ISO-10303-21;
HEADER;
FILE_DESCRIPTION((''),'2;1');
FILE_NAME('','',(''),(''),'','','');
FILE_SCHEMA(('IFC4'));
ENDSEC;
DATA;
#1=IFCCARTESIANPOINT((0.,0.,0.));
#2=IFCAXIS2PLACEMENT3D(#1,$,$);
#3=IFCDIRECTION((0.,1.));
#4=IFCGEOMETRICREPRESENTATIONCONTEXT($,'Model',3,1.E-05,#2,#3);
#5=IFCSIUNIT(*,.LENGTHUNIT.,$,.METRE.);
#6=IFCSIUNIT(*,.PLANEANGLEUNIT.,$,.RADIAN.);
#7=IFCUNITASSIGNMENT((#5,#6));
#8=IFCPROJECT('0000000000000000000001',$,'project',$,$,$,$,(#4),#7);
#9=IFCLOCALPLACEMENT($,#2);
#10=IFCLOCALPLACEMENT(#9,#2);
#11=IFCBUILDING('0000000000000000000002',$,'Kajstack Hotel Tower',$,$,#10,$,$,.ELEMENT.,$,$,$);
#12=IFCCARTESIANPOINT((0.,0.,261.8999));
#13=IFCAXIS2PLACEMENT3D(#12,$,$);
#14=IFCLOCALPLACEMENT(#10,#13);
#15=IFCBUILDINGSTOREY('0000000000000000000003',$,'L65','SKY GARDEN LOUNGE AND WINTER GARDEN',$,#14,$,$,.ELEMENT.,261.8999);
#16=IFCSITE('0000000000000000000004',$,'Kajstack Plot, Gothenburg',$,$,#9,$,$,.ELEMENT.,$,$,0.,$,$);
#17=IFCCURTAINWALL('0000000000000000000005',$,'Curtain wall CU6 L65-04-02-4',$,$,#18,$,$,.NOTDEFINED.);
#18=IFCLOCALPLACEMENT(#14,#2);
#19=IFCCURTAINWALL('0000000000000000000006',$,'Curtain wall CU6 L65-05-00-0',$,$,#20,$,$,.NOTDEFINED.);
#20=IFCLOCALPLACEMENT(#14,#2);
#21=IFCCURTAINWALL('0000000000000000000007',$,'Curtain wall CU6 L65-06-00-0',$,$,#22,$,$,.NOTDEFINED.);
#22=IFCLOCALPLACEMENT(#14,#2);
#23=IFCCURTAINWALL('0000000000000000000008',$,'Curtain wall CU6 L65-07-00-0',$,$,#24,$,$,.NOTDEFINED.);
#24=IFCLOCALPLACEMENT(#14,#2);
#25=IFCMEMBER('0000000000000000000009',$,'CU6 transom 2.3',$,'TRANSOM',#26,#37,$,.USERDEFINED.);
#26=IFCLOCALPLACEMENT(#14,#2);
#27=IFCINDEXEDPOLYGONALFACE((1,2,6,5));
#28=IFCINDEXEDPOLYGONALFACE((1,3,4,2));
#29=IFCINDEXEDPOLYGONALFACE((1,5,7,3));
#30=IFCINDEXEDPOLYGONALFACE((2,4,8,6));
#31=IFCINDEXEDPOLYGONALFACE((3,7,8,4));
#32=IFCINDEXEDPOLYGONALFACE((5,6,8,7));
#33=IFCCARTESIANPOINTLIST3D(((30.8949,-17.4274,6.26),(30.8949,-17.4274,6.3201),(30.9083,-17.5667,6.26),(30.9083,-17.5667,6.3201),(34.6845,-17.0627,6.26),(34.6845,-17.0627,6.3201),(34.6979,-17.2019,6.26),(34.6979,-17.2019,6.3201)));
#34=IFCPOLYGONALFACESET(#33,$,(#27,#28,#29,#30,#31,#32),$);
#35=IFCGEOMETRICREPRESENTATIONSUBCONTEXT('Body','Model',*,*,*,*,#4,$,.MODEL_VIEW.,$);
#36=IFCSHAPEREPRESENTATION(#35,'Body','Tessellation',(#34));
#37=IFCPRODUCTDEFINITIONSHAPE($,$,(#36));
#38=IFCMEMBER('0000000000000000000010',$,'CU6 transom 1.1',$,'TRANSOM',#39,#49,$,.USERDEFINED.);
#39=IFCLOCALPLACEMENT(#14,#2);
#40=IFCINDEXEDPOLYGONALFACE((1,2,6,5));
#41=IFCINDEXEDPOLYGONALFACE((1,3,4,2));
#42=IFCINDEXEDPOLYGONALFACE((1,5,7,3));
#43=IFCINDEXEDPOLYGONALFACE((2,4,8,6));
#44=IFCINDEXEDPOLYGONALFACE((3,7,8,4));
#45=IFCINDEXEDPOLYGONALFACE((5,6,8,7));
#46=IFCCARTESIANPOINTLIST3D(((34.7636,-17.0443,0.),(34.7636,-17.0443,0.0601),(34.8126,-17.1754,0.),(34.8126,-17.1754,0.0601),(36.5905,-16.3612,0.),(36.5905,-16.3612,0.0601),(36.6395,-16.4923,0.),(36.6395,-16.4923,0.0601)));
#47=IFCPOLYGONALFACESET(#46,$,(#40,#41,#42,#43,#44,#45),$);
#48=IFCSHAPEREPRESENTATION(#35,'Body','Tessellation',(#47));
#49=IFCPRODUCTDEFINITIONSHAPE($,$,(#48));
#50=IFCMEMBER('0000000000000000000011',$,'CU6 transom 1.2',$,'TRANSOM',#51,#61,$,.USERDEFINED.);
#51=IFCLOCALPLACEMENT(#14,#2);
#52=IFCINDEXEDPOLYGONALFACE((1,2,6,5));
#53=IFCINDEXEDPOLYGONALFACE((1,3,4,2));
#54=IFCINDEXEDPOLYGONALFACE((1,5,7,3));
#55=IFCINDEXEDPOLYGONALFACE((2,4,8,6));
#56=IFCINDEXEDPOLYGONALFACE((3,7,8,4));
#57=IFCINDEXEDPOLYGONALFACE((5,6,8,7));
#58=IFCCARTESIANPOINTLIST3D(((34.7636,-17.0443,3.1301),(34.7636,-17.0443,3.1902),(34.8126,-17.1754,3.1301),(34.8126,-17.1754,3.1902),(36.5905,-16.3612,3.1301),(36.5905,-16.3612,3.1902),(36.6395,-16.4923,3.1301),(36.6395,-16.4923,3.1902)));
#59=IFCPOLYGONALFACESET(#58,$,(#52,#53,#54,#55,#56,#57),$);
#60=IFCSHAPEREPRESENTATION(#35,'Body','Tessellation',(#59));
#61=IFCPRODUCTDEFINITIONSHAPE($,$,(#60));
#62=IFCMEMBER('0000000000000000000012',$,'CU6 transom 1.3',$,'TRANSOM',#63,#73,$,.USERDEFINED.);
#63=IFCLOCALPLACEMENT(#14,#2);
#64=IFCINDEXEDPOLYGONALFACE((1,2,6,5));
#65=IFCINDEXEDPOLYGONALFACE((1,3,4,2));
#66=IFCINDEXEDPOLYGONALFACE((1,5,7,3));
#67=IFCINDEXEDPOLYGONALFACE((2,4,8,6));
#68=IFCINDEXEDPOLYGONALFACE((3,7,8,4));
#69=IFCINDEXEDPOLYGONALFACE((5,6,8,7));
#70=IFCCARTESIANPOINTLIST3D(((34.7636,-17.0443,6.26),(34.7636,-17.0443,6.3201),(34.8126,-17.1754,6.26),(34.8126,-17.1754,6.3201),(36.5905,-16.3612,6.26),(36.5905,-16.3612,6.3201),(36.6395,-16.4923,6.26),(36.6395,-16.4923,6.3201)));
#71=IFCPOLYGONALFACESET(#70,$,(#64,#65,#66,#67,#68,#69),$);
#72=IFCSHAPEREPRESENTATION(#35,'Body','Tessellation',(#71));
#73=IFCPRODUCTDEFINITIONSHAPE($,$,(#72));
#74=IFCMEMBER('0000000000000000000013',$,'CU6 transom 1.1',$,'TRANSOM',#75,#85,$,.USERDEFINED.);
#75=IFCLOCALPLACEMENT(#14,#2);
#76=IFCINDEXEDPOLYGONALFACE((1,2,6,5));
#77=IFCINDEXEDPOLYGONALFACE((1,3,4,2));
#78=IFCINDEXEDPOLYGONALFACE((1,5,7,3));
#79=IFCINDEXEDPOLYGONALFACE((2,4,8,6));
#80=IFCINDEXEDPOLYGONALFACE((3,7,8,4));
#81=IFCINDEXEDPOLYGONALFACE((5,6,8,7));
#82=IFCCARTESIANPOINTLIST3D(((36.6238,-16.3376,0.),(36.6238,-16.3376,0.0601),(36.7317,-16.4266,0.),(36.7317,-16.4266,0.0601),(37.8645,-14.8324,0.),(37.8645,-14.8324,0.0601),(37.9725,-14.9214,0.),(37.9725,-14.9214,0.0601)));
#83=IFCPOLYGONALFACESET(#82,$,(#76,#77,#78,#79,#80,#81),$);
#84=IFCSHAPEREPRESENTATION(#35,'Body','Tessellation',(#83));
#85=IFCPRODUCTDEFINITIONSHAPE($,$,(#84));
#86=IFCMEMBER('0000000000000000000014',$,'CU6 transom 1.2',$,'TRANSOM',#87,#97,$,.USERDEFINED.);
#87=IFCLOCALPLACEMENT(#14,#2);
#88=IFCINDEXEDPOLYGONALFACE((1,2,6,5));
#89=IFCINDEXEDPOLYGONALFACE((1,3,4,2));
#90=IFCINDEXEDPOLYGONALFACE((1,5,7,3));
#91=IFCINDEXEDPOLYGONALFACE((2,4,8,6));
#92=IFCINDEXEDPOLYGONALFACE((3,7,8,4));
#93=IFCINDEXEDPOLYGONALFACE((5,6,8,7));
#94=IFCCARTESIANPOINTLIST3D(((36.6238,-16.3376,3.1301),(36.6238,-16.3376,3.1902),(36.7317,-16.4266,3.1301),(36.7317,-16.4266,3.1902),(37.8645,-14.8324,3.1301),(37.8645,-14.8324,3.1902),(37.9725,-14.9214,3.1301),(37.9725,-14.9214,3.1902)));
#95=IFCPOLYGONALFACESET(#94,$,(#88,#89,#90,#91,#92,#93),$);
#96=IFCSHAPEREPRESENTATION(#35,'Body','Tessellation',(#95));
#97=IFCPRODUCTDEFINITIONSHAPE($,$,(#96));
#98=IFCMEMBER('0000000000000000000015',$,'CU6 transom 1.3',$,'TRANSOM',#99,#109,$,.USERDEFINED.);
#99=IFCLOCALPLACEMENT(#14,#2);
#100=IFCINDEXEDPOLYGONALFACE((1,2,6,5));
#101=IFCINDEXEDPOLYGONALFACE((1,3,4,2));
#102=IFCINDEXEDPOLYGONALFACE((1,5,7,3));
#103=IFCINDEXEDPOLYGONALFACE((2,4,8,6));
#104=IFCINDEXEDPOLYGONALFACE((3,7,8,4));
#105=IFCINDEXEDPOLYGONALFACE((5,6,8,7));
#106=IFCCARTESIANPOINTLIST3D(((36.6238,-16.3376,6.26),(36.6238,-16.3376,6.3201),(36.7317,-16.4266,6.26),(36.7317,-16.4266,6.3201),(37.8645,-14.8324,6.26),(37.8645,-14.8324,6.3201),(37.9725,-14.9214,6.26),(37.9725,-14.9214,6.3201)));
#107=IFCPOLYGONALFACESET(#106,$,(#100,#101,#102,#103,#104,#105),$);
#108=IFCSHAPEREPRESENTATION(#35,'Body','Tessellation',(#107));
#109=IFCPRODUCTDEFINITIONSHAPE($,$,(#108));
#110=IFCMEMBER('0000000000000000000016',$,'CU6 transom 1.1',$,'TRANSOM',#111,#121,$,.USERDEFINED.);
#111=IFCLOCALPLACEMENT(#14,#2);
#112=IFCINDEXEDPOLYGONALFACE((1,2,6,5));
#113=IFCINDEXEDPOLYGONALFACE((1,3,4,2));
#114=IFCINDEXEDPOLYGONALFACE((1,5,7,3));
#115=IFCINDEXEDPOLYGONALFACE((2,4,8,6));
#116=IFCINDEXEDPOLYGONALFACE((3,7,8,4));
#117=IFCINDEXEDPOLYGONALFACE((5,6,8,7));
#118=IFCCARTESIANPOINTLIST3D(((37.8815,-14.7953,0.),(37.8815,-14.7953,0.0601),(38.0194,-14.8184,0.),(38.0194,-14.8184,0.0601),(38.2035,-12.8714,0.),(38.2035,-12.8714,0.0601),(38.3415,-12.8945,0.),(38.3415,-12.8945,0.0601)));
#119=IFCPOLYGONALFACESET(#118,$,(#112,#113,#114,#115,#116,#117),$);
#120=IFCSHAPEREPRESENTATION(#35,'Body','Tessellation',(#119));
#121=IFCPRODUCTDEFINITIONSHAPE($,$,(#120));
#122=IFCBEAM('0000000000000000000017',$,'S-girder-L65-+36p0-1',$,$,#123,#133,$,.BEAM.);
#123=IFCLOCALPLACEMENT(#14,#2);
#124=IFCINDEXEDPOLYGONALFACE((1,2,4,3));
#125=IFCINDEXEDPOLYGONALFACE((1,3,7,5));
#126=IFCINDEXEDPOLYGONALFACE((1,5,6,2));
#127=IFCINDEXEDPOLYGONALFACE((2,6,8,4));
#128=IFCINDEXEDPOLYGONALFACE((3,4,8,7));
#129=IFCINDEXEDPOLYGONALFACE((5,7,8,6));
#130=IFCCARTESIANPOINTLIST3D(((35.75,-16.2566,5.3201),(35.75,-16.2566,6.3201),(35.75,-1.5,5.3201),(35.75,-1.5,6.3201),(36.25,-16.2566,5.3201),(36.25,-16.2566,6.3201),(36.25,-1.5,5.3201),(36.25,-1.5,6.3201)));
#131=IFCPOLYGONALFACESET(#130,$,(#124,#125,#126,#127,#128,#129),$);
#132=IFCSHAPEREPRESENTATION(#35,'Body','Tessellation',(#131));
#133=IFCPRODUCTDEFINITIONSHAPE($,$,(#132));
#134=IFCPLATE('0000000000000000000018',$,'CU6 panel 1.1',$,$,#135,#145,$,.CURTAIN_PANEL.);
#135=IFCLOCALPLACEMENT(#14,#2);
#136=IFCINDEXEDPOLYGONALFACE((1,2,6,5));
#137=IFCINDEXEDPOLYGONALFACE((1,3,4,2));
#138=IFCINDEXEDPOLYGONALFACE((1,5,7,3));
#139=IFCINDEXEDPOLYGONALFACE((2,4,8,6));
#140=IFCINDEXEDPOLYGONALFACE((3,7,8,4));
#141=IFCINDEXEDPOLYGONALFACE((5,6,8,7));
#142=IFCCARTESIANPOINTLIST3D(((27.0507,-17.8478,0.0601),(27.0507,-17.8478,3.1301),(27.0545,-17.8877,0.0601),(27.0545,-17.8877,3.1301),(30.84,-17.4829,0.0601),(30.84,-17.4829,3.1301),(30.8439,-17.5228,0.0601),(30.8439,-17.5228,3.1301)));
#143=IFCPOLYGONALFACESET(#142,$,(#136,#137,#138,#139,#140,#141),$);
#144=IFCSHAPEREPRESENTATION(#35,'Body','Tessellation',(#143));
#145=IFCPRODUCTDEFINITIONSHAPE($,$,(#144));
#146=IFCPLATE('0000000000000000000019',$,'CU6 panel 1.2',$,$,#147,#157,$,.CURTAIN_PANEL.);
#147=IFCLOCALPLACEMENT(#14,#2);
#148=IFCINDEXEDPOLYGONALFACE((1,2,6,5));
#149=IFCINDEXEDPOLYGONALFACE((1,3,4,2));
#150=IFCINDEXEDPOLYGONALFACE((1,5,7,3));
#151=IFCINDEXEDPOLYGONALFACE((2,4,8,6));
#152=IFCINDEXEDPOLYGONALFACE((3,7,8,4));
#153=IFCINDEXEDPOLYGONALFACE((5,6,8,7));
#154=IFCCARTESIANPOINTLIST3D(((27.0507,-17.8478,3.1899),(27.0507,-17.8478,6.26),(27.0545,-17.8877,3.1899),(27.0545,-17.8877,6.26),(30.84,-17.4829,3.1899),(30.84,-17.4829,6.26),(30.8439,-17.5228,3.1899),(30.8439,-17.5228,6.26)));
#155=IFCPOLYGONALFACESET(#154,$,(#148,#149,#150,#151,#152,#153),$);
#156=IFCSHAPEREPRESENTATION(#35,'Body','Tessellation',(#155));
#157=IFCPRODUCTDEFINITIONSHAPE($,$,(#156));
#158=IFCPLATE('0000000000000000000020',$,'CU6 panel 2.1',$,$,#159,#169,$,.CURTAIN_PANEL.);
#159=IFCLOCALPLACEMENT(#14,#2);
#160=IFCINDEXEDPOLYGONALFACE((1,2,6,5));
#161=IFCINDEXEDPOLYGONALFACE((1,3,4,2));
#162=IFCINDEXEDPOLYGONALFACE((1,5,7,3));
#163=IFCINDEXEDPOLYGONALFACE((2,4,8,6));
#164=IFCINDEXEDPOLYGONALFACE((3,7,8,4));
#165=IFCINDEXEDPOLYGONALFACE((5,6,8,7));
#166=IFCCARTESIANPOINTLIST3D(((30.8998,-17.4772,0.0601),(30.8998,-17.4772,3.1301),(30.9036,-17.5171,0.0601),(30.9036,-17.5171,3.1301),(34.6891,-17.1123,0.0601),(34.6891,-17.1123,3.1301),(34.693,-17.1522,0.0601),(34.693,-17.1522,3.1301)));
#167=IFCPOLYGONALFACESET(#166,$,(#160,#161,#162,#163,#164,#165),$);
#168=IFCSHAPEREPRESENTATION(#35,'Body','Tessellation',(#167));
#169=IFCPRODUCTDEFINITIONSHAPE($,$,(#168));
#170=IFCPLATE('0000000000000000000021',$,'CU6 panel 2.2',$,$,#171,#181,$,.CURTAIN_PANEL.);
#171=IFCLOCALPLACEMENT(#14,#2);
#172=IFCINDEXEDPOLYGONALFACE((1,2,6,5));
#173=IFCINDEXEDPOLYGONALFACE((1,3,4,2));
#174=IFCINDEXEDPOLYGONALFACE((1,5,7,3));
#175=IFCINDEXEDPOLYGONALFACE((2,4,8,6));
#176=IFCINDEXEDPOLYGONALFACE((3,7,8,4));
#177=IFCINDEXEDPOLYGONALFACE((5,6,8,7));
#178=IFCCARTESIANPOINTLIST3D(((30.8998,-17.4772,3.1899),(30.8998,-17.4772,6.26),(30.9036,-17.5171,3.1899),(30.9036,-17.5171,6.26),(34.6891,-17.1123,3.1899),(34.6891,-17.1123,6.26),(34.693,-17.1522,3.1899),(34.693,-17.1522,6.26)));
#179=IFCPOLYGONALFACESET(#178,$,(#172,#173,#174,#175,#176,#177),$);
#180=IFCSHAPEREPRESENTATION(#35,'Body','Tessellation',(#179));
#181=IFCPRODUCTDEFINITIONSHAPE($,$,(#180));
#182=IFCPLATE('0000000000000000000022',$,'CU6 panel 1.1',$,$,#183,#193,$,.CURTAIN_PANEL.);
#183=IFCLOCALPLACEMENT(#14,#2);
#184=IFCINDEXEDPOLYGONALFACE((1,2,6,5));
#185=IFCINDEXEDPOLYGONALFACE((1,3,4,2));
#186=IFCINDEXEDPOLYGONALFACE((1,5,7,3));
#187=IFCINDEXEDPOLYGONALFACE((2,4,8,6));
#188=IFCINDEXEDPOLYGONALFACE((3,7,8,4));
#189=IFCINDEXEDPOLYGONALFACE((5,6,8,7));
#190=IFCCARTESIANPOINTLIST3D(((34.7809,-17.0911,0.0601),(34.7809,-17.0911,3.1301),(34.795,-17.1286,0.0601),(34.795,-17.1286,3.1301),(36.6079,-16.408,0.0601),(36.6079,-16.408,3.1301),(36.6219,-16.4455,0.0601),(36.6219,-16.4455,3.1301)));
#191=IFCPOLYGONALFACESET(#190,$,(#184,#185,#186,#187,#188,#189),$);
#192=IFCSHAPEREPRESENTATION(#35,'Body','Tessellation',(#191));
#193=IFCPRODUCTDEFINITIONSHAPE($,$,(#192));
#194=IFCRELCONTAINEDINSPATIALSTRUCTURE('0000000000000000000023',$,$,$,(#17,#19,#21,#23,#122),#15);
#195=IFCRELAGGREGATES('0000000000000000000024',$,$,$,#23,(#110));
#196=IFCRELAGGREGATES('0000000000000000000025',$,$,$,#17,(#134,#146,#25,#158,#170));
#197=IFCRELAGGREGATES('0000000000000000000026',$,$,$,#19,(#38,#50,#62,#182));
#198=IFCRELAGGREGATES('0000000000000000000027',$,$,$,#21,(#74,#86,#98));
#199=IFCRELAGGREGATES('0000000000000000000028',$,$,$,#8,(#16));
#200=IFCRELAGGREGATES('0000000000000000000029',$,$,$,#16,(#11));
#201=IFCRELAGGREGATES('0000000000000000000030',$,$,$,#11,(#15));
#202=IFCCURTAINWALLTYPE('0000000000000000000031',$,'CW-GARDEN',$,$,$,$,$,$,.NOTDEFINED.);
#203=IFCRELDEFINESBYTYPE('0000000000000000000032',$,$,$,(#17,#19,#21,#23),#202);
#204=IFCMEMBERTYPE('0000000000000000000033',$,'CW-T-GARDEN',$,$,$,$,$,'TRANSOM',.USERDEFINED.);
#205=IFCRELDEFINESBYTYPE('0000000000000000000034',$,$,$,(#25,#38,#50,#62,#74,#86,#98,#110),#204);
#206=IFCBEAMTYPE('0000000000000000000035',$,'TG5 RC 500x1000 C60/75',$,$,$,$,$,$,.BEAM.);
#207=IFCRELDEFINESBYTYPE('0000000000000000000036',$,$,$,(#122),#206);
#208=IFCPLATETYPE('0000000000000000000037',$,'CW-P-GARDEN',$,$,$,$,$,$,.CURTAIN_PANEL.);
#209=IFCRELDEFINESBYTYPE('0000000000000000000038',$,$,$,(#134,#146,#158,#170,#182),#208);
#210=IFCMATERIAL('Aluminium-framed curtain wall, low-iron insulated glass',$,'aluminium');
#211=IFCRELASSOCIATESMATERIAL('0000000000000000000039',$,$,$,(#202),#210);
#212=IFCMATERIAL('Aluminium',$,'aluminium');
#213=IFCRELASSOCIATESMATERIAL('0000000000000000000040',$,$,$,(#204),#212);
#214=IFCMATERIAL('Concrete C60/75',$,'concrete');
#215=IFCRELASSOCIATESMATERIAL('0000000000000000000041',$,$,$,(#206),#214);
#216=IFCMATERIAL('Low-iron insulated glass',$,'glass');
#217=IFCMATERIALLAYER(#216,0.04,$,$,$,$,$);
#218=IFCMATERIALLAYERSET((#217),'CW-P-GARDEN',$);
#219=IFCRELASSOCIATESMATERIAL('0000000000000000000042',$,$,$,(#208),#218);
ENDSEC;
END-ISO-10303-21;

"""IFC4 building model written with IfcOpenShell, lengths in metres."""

from ifc_helpers import new_model, si_unit, direction, frame, origin, origin_2d, place, context, subcontext, project, spatial, rectangle, extrude, material, layer, layer_set, material_profile, profile_set, type_object, element, aggregate, save


model = new_model("IFC4")

# Units and contexts
model_context = context("Model", 3, precision=1e-05, world=origin(), true_north=direction((0.0, 1.0)))
body_context = subcontext(model_context, "Body", "Model", "MODEL_VIEW")
ifc_project = project(units=[si_unit("LENGTHUNIT", "METRE"), si_unit("PLANEANGLEUNIT", "RADIAN")], contexts=[model_context])

# Site, building, storey
site_placement = place(None, origin())
site = spatial("IfcSite", under=ifc_project, at=site_placement, Name="Kajstack Plot, Gothenburg", CompositionType="ELEMENT", RefElevation=0.0)
building_placement = place(site_placement, origin())
building = spatial("IfcBuilding", under=site, at=building_placement, Name="Kajstack Hotel Tower", CompositionType="ELEMENT")
storey_placement = place(building_placement, frame((0.0, 0.0, 261.8999)))
storey = spatial("IfcBuildingStorey", under=building, at=storey_placement, Name="L65", Description="SKY GARDEN LOUNGE AND WINTER GARDEN", CompositionType="ELEMENT", Elevation=261.8999)

# Curtain walls
ifc_material_1 = material(Name="Aluminium-framed curtain wall, low-iron insulated glass", Category="aluminium")
curtain_wall_type = type_object("IfcCurtainWallType", Name="CW-GARDEN", PredefinedType="NOTDEFINED", material=ifc_material_1)
curtain_wall_1_placement = place(storey_placement, origin())
curtain_wall_1 = element("IfcCurtainWall", 1, at=curtain_wall_1_placement, inside=storey, type_object=curtain_wall_type, Name="Curtain wall CU6 L65-04-02-4", PredefinedType="NOTDEFINED")
ifc_material_2 = material(Name="Aluminium", Category="aluminium")
curtain_wall_2_placement = place(storey_placement, origin())
curtain_wall_2 = element("IfcCurtainWall", 2, at=curtain_wall_2_placement, inside=storey, type_object=curtain_wall_type, Name="Curtain wall CU6 L65-05-00-0", PredefinedType="NOTDEFINED")
curtain_wall_3_placement = place(storey_placement, origin())
curtain_wall_3 = element("IfcCurtainWall", 3, at=curtain_wall_3_placement, inside=storey, type_object=curtain_wall_type, Name="Curtain wall CU6 L65-06-00-0", PredefinedType="NOTDEFINED")

# Curtain wall
curtain_wall_4_placement = place(storey_placement, origin())
curtain_wall_4 = element("IfcCurtainWall", 4, at=curtain_wall_4_placement, inside=storey, type_object=curtain_wall_type, Name="Curtain wall CU6 L65-07-00-0", PredefinedType="NOTDEFINED")

# Members
ifc_material_profile_1 = material_profile(ifc_material_2, rectangle(XDim=0.1399, YDim=0.0601, at=origin_2d()), Name="Aluminium transom 140 x 60")
ifc_profile_set_1 = profile_set([ifc_material_profile_1], Name="Aluminium")
member_type_1 = type_object("IfcMemberType", Name="CW-T-GARDEN", ElementType="TRANSOM", PredefinedType="USERDEFINED", material=ifc_profile_set_1)
member_1_placement = place(storey_placement, frame((30.9016, -17.4971, 6.29), z_axis=(0.9954, 0.095808, 0.0), x_axis=(-0.095808, 0.9954, 0.0)))
member_1 = element("IfcMember", 5, at=member_1_placement, type_object=member_type_1, Name="CU6 transom 2.3", ObjectType="TRANSOM", PredefinedType="USERDEFINED", context=body_context, shape_type="SweptSolid", body=[
    extrude(rectangle(XDim=0.1399, YDim=0.0601, at=origin_2d()), origin(), (0.0, 0.0, 1.0), 3.8071),
])
member_2_placement = place(storey_placement, frame((34.7881, -17.1099, 0.03), z_axis=(0.936663, 0.350232, 0.0), x_axis=(-0.350232, 0.936663, 0.0)))
member_2 = element("IfcMember", 6, at=member_2_placement, type_object=member_type_1, Name="CU6 transom 1.1", ObjectType="TRANSOM", PredefinedType="USERDEFINED", context=body_context, shape_type="SweptSolid", body=[
    extrude(rectangle(XDim=0.1399, YDim=0.0601, at=origin_2d()), origin(), (0.0, 0.0, 1.0), 1.9504),
])
member_3_placement = place(storey_placement, frame((34.7881, -17.1099, 3.1602), z_axis=(0.936663, 0.350232, 0.0), x_axis=(-0.350232, 0.936663, 0.0)))
member_3 = element("IfcMember", 7, at=member_3_placement, type_object=member_type_1, Name="CU6 transom 1.2", ObjectType="TRANSOM", PredefinedType="USERDEFINED", context=body_context, shape_type="SweptSolid", body=[
    extrude(rectangle(XDim=0.1399, YDim=0.0601, at=origin_2d()), origin(), (0.0, 0.0, 1.0), 1.9504),
])
member_4_placement = place(storey_placement, frame((34.7881, -17.1099, 6.29), z_axis=(0.936663, 0.350232, 0.0), x_axis=(-0.350232, 0.936663, 0.0)))
member_4 = element("IfcMember", 8, at=member_4_placement, type_object=member_type_1, Name="CU6 transom 1.3", ObjectType="TRANSOM", PredefinedType="USERDEFINED", context=body_context, shape_type="SweptSolid", body=[
    extrude(rectangle(XDim=0.1399, YDim=0.0601, at=origin_2d()), origin(), (0.0, 0.0, 1.0), 1.9504),
])
member_5_placement = place(storey_placement, frame((36.6777, -16.3821, 0.03), z_axis=(0.636076, 0.771627, 0.0), x_axis=(-0.771627, 0.636076, 0.0)))
member_5 = element("IfcMember", 9, at=member_5_placement, type_object=member_type_1, Name="CU6 transom 1.1", ObjectType="TRANSOM", PredefinedType="USERDEFINED", context=body_context, shape_type="SweptSolid", body=[
    extrude(rectangle(XDim=0.1399, YDim=0.0601, at=origin_2d()), origin(), (0.0, 0.0, 1.0), 1.9507),
])
member_6_placement = place(storey_placement, frame((36.6777, -16.3821, 3.1602), z_axis=(0.636076, 0.771627, 0.0), x_axis=(-0.771627, 0.636076, 0.0)))
member_6 = element("IfcMember", 10, at=member_6_placement, type_object=member_type_1, Name="CU6 transom 1.2", ObjectType="TRANSOM", PredefinedType="USERDEFINED", context=body_context, shape_type="SweptSolid", body=[
    extrude(rectangle(XDim=0.1399, YDim=0.0601, at=origin_2d()), origin(), (0.0, 0.0, 1.0), 1.9507),
])
member_7_placement = place(storey_placement, frame((36.6777, -16.3821, 6.29), z_axis=(0.636076, 0.771627, 0.0), x_axis=(-0.771627, 0.636076, 0.0)))
member_7 = element("IfcMember", 11, at=member_7_placement, type_object=member_type_1, Name="CU6 transom 1.3", ObjectType="TRANSOM", PredefinedType="USERDEFINED", context=body_context, shape_type="SweptSolid", body=[
    extrude(rectangle(XDim=0.1399, YDim=0.0601, at=origin_2d()), origin(), (0.0, 0.0, 1.0), 1.9507),
])
member_8_placement = place(storey_placement, frame((37.9504, -14.8069, 0.03), z_axis=(0.165089, 0.986279, 0.0), x_axis=(-0.986279, 0.165089, 0.0)))
member_8 = element("IfcMember", 12, at=member_8_placement, type_object=member_type_1, Name="CU6 transom 1.1", ObjectType="TRANSOM", PredefinedType="USERDEFINED", context=body_context, shape_type="SweptSolid", body=[
    extrude(rectangle(XDim=0.1399, YDim=0.0601, at=origin_2d()), origin(), (0.0, 0.0, 1.0), 1.9507),
])
aggregate(curtain_wall_4, [member_8])

# Beam
ifc_material_3 = material(Name="Concrete C60/75", Category="concrete")
ifc_material_profile_2 = material_profile(ifc_material_3, rectangle(XDim=0.5, YDim=1.0, at=origin_2d()), Name="RC 500x1000")
ifc_profile_set_2 = profile_set([ifc_material_profile_2], Name="Concrete C60/75")
beam_type = type_object("IfcBeamType", Name="TG5 RC 500x1000 C60/75", PredefinedType="BEAM", material=ifc_profile_set_2)
beam_placement = place(storey_placement, frame((36.0, -16.2566, 5.8201), z_axis=(0.0, 1.0, 0.0), x_axis=(-1.0, 0.0, 0.0)))
element("IfcBeam", 13, at=beam_placement, inside=storey, type_object=beam_type, Name="S-girder-L65-+36p0-1", PredefinedType="BEAM", context=body_context, shape_type="SweptSolid", body=[
    extrude(rectangle(XDim=0.5, YDim=1.0, at=origin_2d()), origin(), (0.0, 0.0, 1.0), 14.7566),
])

# Plates
ifc_material_4 = material(Name="Low-iron insulated glass", Category="glass")
ifc_layer_1 = layer(ifc_material_4, 0.04)
ifc_layer_set_1 = layer_set([ifc_layer_1], Name="CW-P-GARDEN")
plate_type = type_object("IfcPlateType", Name="CW-P-GARDEN", PredefinedType="CURTAIN_PANEL", material=ifc_layer_set_1)
plate_1_placement = place(storey_placement, frame((28.9473, -17.6853, 0.0601), z_axis=(0.0, 0.0, 1.0), x_axis=(0.995396, 0.095846, 0.0)))
plate_1 = element("IfcPlate", 14, at=plate_1_placement, type_object=plate_type, Name="CU6 panel 1.1", PredefinedType="CURTAIN_PANEL", context=body_context, shape_type="SweptSolid", body=[
    extrude(rectangle(XDim=3.8069, YDim=0.04, at=origin_2d()), origin(), (0.0, 0.0, 1.0), 3.0701),
])
plate_2_placement = place(storey_placement, frame((28.9473, -17.6853, 3.1899), z_axis=(0.0, 0.0, 1.0), x_axis=(0.995396, 0.095846, 0.0)))
plate_2 = element("IfcPlate", 15, at=plate_2_placement, type_object=plate_type, Name="CU6 panel 1.2", PredefinedType="CURTAIN_PANEL", context=body_context, shape_type="SweptSolid", body=[
    extrude(rectangle(XDim=3.8069, YDim=0.04, at=origin_2d()), origin(), (0.0, 0.0, 1.0), 3.0701),
])
plate_3_placement = place(storey_placement, frame((32.7964, -17.3147, 0.0601), z_axis=(0.0, 0.0, 1.0), x_axis=(0.995396, 0.095846, 0.0)))
plate_3 = element("IfcPlate", 16, at=plate_3_placement, type_object=plate_type, Name="CU6 panel 2.1", PredefinedType="CURTAIN_PANEL", context=body_context, shape_type="SweptSolid", body=[
    extrude(rectangle(XDim=3.8069, YDim=0.04, at=origin_2d()), origin(), (0.0, 0.0, 1.0), 3.0701),
])
plate_4_placement = place(storey_placement, frame((32.7964, -17.3147, 3.1899), z_axis=(0.0, 0.0, 1.0), x_axis=(0.995396, 0.095846, 0.0)))
plate_4 = element("IfcPlate", 17, at=plate_4_placement, type_object=plate_type, Name="CU6 panel 2.2", PredefinedType="CURTAIN_PANEL", context=body_context, shape_type="SweptSolid", body=[
    extrude(rectangle(XDim=3.8069, YDim=0.04, at=origin_2d()), origin(), (0.0, 0.0, 1.0), 3.0701),
])
aggregate(curtain_wall_1, [plate_1, plate_2, member_1, plate_3, plate_4])
plate_5_placement = place(storey_placement, frame((35.7014, -16.7683, 0.0601), z_axis=(0.0, 0.0, 1.0), x_axis=(0.936674, 0.350202, 0.0)))
plate_5 = element("IfcPlate", 18, at=plate_5_placement, type_object=plate_type, Name="CU6 panel 1.1", PredefinedType="CURTAIN_PANEL", context=body_context, shape_type="SweptSolid", body=[
    extrude(rectangle(XDim=1.9504, YDim=0.04, at=origin_2d()), origin(), (0.0, 0.0, 1.0), 3.0701),
])
aggregate(curtain_wall_2, [member_2, member_3, member_4, plate_5])
aggregate(curtain_wall_3, [member_5, member_6, member_7])

save(model, "model.ifc")
